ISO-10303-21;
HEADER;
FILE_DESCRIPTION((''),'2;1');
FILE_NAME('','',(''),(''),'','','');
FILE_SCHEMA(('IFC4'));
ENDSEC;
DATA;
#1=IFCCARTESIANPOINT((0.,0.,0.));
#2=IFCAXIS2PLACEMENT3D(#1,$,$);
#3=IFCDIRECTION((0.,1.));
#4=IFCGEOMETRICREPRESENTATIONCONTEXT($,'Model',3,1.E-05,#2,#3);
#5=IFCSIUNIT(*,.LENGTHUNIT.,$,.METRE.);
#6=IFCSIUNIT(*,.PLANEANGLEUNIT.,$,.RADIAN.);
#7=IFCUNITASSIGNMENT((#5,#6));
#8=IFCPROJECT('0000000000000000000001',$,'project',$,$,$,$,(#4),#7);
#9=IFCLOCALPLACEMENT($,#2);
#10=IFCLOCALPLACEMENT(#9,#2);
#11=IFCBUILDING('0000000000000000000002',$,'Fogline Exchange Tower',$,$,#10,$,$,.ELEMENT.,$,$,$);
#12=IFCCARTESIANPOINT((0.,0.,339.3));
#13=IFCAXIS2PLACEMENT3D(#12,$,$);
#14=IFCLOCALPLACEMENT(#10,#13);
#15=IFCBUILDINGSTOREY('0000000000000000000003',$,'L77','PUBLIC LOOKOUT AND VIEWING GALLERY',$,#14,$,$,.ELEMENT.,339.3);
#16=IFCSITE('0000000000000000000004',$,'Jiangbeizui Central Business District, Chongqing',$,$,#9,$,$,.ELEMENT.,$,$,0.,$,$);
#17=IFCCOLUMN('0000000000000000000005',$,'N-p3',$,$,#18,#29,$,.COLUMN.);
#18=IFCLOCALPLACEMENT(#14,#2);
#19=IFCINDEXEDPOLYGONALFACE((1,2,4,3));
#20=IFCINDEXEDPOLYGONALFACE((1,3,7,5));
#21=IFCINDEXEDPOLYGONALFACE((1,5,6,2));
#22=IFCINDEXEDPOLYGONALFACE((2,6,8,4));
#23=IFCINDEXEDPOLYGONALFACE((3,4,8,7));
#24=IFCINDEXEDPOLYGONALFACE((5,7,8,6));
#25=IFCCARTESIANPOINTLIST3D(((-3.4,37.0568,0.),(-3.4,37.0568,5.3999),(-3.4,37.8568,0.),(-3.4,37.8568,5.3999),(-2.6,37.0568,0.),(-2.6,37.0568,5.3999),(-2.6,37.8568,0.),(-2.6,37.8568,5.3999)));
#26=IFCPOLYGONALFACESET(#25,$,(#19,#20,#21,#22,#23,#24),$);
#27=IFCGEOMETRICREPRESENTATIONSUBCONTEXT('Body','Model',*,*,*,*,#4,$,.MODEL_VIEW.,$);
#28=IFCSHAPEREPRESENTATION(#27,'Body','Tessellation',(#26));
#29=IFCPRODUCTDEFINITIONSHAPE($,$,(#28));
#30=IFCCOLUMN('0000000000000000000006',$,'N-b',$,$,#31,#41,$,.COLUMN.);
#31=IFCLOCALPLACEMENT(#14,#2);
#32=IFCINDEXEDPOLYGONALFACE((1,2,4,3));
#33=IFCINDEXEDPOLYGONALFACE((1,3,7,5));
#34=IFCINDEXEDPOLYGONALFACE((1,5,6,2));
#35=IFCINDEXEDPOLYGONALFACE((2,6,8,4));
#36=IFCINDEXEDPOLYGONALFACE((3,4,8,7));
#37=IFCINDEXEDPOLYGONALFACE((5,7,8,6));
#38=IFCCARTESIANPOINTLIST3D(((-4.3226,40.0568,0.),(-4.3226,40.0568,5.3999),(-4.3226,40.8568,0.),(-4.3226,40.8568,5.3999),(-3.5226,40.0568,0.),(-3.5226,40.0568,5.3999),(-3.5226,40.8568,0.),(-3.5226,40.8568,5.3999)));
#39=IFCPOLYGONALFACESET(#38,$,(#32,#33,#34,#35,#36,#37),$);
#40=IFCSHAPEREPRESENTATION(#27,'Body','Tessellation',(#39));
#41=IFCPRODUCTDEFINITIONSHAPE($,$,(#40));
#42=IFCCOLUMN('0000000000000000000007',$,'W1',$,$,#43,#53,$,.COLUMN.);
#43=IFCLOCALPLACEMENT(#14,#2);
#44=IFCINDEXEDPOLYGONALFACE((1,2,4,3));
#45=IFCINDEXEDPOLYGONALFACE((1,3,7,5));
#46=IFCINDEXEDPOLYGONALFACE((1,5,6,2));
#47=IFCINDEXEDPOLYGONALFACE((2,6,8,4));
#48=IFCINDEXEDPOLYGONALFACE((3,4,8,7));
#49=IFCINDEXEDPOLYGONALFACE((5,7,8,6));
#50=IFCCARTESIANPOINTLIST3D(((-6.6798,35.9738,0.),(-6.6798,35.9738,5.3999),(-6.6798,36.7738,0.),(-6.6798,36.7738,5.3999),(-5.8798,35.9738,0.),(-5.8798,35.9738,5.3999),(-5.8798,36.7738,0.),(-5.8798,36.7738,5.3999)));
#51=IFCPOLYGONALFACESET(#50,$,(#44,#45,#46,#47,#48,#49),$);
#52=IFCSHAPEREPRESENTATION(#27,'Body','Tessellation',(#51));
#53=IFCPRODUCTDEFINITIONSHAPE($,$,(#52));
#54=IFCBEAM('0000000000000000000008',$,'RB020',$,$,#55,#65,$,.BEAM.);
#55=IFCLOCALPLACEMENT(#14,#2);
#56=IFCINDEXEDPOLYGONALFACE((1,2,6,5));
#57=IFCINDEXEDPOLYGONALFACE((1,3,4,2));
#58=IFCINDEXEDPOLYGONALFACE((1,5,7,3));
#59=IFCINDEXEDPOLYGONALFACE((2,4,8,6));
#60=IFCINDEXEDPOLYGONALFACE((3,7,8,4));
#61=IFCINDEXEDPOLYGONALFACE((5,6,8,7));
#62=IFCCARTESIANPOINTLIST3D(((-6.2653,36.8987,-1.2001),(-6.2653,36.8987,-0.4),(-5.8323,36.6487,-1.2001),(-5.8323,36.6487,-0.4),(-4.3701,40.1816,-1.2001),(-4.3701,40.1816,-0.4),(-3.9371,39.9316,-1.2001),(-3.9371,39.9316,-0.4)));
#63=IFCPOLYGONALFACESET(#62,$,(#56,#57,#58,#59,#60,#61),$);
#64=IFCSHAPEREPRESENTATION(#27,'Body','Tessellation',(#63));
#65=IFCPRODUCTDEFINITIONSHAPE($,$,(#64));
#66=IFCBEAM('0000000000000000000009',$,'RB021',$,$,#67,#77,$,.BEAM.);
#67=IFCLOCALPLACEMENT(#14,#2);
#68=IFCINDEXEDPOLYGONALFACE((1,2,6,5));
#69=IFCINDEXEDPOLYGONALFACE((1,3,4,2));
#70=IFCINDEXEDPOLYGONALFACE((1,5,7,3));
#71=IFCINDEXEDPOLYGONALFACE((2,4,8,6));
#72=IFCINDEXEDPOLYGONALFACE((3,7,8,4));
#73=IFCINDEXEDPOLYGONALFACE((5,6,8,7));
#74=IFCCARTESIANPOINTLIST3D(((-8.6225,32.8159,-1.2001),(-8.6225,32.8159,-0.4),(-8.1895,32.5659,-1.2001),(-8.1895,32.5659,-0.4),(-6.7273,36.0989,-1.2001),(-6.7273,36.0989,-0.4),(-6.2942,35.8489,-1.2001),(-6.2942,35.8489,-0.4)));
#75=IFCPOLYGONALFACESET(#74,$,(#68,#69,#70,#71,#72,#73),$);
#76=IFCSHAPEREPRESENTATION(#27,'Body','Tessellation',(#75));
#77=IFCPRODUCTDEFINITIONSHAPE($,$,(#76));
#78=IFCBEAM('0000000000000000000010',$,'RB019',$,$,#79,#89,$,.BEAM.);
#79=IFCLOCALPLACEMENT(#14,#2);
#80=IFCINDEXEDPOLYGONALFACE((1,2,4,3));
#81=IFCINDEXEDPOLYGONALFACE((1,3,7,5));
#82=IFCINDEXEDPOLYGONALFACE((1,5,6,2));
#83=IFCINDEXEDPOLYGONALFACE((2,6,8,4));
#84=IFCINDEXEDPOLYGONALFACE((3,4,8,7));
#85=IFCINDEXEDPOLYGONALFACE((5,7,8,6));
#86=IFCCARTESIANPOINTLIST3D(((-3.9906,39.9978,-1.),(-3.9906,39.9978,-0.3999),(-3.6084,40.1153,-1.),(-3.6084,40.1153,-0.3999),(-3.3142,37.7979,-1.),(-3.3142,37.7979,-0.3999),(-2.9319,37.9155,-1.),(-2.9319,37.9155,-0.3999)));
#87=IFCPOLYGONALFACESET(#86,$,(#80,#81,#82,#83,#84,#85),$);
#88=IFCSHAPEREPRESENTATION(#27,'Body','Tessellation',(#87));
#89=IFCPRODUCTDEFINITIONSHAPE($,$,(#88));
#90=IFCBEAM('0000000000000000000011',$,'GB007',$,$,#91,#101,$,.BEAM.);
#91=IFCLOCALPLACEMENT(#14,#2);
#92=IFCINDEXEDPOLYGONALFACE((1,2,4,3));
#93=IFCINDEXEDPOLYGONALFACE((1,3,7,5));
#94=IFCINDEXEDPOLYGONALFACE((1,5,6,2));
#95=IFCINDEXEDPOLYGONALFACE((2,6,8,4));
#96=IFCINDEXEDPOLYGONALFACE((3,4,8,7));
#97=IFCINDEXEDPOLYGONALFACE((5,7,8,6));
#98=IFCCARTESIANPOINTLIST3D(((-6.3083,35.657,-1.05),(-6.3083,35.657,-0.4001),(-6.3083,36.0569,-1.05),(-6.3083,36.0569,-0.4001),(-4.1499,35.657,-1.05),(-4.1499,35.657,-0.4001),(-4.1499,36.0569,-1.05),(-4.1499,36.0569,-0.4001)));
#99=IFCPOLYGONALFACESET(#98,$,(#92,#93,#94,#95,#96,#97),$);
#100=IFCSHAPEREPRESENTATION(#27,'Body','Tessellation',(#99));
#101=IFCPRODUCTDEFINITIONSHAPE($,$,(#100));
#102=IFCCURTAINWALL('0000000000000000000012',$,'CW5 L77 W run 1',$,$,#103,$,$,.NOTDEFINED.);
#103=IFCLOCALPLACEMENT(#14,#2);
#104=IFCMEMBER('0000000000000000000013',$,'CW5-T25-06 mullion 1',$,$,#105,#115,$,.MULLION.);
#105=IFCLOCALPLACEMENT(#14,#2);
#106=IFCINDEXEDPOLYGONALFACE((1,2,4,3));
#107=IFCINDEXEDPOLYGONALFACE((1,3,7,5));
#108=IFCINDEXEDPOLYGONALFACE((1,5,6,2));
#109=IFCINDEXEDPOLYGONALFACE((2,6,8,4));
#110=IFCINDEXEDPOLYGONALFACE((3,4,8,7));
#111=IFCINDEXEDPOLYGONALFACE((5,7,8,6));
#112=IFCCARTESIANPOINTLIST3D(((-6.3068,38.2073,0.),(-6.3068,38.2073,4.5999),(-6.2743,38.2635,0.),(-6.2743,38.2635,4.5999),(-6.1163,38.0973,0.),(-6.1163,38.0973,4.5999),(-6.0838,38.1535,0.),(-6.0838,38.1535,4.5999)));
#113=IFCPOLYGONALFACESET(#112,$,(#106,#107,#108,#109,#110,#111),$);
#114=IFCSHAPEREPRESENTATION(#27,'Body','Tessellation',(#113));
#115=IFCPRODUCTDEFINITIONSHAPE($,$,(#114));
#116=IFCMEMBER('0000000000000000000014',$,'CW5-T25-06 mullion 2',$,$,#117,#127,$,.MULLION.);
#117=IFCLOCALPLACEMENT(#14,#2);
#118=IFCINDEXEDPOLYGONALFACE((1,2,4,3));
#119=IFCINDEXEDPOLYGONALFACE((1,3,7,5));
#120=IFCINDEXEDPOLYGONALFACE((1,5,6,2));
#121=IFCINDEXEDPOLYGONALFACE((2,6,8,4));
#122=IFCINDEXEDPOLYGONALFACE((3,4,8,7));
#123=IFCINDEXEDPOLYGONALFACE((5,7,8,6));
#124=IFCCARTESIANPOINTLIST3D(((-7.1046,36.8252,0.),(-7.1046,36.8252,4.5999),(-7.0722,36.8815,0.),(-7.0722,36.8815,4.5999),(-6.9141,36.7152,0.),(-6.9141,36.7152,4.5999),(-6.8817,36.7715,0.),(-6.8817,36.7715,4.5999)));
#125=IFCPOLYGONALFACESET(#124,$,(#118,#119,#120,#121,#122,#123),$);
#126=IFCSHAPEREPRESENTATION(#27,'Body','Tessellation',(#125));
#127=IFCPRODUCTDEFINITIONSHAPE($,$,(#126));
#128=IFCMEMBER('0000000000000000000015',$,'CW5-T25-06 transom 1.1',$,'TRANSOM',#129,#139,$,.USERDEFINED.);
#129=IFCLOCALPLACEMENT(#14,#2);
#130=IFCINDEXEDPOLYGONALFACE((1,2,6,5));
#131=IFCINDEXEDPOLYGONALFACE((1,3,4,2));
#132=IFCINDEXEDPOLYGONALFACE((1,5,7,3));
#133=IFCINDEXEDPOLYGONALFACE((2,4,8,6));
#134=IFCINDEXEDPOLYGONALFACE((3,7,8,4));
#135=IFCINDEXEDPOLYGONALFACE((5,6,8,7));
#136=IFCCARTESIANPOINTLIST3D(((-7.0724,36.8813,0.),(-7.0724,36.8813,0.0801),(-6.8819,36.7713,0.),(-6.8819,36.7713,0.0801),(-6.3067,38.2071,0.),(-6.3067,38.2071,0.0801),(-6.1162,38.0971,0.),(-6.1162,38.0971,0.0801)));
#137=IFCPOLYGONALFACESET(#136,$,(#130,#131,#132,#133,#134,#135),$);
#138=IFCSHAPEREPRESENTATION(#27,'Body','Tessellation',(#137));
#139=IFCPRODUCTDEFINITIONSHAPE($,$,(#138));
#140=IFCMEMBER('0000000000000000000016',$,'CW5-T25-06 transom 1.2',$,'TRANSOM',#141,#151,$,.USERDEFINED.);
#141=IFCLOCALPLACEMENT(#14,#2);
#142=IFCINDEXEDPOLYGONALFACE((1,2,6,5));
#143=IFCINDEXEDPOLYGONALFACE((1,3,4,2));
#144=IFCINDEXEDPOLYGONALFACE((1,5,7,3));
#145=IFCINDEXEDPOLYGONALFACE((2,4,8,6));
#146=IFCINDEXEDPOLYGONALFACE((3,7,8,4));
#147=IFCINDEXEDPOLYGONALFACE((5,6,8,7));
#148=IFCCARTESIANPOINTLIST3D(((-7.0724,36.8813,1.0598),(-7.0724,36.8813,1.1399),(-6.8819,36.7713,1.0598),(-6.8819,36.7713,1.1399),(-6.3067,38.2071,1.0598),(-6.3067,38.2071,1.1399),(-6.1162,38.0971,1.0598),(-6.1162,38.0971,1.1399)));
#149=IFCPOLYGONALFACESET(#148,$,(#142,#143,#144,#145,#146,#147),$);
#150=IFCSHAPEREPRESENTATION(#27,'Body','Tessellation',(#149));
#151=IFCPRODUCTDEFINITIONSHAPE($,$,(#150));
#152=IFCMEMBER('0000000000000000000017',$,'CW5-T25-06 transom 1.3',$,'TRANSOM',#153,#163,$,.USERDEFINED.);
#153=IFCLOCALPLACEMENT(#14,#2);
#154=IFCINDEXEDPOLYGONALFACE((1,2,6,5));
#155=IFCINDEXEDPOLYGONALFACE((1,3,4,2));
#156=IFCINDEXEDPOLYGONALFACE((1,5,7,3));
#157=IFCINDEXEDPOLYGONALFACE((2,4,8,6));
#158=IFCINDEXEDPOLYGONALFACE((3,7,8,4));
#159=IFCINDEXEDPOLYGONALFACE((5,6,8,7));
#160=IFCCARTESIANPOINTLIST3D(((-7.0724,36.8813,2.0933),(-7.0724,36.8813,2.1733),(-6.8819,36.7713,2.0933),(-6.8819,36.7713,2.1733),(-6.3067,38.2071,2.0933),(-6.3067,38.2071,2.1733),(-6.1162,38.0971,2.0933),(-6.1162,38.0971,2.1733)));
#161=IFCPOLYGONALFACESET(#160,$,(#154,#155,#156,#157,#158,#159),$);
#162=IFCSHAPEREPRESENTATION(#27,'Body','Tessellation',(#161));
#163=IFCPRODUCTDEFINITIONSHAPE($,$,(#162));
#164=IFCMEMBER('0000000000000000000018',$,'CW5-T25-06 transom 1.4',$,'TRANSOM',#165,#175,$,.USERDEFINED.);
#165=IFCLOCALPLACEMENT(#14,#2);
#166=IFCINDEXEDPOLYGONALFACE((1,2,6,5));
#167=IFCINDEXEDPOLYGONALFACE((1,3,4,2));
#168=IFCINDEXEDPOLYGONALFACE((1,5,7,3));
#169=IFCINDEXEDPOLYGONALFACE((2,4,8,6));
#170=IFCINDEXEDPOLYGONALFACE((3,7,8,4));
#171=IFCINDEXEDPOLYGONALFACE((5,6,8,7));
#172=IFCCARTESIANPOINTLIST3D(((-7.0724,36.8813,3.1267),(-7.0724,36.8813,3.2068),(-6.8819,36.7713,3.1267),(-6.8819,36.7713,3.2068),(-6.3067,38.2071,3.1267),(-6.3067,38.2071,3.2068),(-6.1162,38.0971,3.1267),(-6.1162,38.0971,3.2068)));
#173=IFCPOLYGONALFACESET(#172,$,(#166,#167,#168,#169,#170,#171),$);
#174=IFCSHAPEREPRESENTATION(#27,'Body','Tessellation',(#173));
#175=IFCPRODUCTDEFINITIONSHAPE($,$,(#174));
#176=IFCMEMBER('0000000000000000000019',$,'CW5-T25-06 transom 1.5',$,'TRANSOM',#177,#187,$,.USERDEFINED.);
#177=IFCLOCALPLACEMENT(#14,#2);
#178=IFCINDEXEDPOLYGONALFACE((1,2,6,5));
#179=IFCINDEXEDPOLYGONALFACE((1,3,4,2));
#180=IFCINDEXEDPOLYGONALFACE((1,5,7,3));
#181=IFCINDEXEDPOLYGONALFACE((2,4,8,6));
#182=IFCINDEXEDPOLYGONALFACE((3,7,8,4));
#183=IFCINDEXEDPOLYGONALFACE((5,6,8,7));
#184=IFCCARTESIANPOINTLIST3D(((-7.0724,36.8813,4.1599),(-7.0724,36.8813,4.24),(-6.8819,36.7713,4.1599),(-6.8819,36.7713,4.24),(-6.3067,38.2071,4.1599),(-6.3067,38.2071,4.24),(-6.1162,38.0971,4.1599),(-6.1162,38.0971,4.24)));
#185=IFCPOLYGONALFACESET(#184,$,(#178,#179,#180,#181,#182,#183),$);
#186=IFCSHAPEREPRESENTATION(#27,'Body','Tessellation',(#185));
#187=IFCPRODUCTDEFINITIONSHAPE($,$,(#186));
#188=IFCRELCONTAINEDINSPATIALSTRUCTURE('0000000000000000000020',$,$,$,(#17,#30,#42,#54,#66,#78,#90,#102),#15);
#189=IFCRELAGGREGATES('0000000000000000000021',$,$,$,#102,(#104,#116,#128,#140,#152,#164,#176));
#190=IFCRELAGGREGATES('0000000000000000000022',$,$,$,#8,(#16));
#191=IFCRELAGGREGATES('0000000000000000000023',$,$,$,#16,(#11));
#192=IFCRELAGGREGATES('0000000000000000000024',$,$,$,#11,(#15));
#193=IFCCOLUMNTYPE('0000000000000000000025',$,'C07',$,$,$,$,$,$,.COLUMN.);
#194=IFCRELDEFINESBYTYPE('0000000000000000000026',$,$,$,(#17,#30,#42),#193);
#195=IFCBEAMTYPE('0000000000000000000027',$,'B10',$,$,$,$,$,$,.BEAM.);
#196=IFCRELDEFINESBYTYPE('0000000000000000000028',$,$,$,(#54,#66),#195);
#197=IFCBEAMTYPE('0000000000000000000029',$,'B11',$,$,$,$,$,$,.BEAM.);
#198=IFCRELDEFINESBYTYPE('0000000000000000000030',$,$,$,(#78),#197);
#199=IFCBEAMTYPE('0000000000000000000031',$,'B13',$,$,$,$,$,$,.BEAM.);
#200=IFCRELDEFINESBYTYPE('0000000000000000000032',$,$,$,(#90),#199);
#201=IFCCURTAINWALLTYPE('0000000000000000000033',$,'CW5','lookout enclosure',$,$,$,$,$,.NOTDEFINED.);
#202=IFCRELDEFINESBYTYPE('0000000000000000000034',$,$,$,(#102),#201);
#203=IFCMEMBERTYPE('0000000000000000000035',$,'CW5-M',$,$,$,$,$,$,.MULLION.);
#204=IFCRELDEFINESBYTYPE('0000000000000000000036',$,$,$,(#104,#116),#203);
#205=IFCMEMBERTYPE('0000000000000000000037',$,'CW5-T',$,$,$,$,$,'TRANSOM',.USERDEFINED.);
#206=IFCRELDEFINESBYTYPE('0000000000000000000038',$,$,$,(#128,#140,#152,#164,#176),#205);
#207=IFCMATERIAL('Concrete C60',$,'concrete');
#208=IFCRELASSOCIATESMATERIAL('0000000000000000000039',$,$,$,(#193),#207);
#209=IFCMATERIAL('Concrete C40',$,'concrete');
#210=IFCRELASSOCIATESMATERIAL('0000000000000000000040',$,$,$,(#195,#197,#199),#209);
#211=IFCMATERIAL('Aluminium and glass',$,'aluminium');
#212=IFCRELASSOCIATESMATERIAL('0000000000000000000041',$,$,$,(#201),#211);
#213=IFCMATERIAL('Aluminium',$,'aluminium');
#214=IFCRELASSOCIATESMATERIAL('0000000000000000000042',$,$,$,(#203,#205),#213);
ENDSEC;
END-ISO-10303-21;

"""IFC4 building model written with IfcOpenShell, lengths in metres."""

from ifc_helpers import new_model, si_unit, direction, frame, origin, origin_2d, place, context, subcontext, project, spatial, rectangle, extrude, material, material_profile, profile_set, type_object, element, aggregate, save


model = new_model("IFC4")

# Units and contexts
model_context = context("Model", 3, precision=1e-05, world=origin(), true_north=direction((0.0, 1.0)))
body_context = subcontext(model_context, "Body", "Model", "MODEL_VIEW")
ifc_project = project(units=[si_unit("LENGTHUNIT", "METRE"), si_unit("PLANEANGLEUNIT", "RADIAN")], contexts=[model_context])

# Site, building, storey
site_placement = place(None, origin())
site = spatial("IfcSite", under=ifc_project, at=site_placement, Name="Jiangbeizui Central Business District, Chongqing", CompositionType="ELEMENT", RefElevation=0.0)
building_placement = place(site_placement, origin())
building = spatial("IfcBuilding", under=site, at=building_placement, Name="Fogline Exchange Tower", CompositionType="ELEMENT")
storey_placement = place(building_placement, frame((0.0, 0.0, 339.3)))
storey = spatial("IfcBuildingStorey", under=building, at=storey_placement, Name="L77", Description="PUBLIC LOOKOUT AND VIEWING GALLERY", CompositionType="ELEMENT", Elevation=339.3)

# Columns
ifc_material_1 = material(Name="Concrete C60", Category="concrete")
ifc_material_profile_1 = material_profile(ifc_material_1, rectangle(XDim=0.8, YDim=0.8, at=origin_2d()), Name="RC 800x800")
ifc_profile_set_1 = profile_set([ifc_material_profile_1], Name="Concrete C60")
column_type = type_object("IfcColumnType", Name="C07", PredefinedType="COLUMN", material=ifc_profile_set_1)
for number, where, z_axis, x_axis, name in (
    (1, (-3.0, 37.4568, 0.0), (0.0, 0.0, 1.0), (1.0, 0.0, 0.0), "N-p3"),
    (2, (-3.9226, 40.4568, 0.0), (0.0, 0.0, 1.0), (1.0, 0.0, 0.0), "N-b"),
    (3, (-6.2798, 36.3738, 0.0), (0.0, 0.0, 1.0), (1.0, 0.0, 0.0), "W1"),
):
    element("IfcColumn", number, at=place(storey_placement, frame(where, z_axis=z_axis, x_axis=x_axis)), inside=storey, type_object=column_type, Name=name, PredefinedType="COLUMN", context=body_context, shape_type="SweptSolid", body=[
        extrude(rectangle(XDim=0.8, YDim=0.8, at=origin_2d()), origin(), (0.0, 0.0, 1.0), 5.3999),
    ])

# Beams
ifc_material_2 = material(Name="Concrete C40", Category="concrete")
ifc_material_profile_2 = material_profile(ifc_material_2, rectangle(XDim=0.5, YDim=0.8, at=origin_2d()), Name="RC 500x800")
ifc_profile_set_2 = profile_set([ifc_material_profile_2], Name="Concrete C40")
beam_type_1 = type_object("IfcBeamType", Name="B10", PredefinedType="BEAM", material=ifc_profile_set_2)
for number, where, z_axis, x_axis, name in (
    (4, (-4.1536, 40.0566, -0.8), (-0.49997, -0.866043, 0.0), (0.866043, -0.49997, 0.0), "RB020"),
    (5, (-6.5107, 35.9739, -0.8), (-0.49997, -0.866043, 0.0), (0.866043, -0.49997, 0.0), "RB021"),
):
    element("IfcBeam", number, at=place(storey_placement, frame(where, z_axis=z_axis, x_axis=x_axis)), inside=storey, type_object=beam_type_1, Name=name, PredefinedType="BEAM", context=body_context, shape_type="SweptSolid", body=[
        extrude(rectangle(XDim=0.5, YDim=0.8, at=origin_2d()), origin(), (0.0, 0.0, 1.0), 3.7908),
    ])
ifc_material_profile_3 = material_profile(ifc_material_2, rectangle(XDim=0.3999, YDim=0.6001, at=origin_2d()), Name="RC 400x600")
ifc_profile_set_3 = profile_set([ifc_material_profile_3], Name="Concrete C40")
beam_type_2 = type_object("IfcBeamType", Name="B11", PredefinedType="BEAM", material=ifc_profile_set_3)
beam_1_placement = place(storey_placement, frame((-3.123, 37.8567, -0.7), z_axis=(-0.293929, 0.955827, 0.0), x_axis=(-0.955827, -0.293929, 0.0)))
element("IfcBeam", 6, at=beam_1_placement, inside=storey, type_object=beam_type_2, Name="RB019", PredefinedType="BEAM", context=body_context, shape_type="SweptSolid", body=[
    extrude(rectangle(XDim=0.3999, YDim=0.6001, at=origin_2d()), origin(), (0.0, 0.0, 1.0), 2.3015),
])
ifc_material_profile_4 = material_profile(ifc_material_2, rectangle(XDim=0.3999, YDim=0.6499, at=origin_2d()), Name="RC 400x650")
ifc_profile_set_4 = profile_set([ifc_material_profile_4], Name="Concrete C40")
beam_type_3 = type_object("IfcBeamType", Name="B13", PredefinedType="BEAM", material=ifc_profile_set_4)
beam_2_placement = place(storey_placement, frame((-6.3083, 35.8569, -0.7251), z_axis=(1.0, 0.0, 0.0), x_axis=(0.0, 1.0, 0.0)))
element("IfcBeam", 7, at=beam_2_placement, inside=storey, type_object=beam_type_3, Name="GB007", PredefinedType="BEAM", context=body_context, shape_type="SweptSolid", body=[
    extrude(rectangle(XDim=0.3999, YDim=0.6499, at=origin_2d()), origin(), (0.0, 0.0, 1.0), 2.1584),
])

# Curtain wall, members
ifc_material_3 = material(Name="Aluminium and glass", Category="aluminium")
curtain_wall_type = type_object("IfcCurtainWallType", Name="CW5", Description="lookout enclosure", PredefinedType="NOTDEFINED", material=ifc_material_3)
curtain_wall_placement = place(storey_placement, origin())
curtain_wall = element("IfcCurtainWall", 8, at=curtain_wall_placement, inside=storey, type_object=curtain_wall_type, Name="CW5 L77 W run 1", PredefinedType="NOTDEFINED")
ifc_material_4 = material(Name="Aluminium", Category="aluminium")
ifc_material_profile_5 = material_profile(ifc_material_4, rectangle(XDim=0.22, YDim=0.0649, at=origin_2d()), Name="Mullion 65x220")
ifc_profile_set_5 = profile_set([ifc_material_profile_5], Name="Aluminium")
member_type_1 = type_object("IfcMemberType", Name="CW5-M", PredefinedType="MULLION", material=ifc_profile_set_5)
member_1_placement = place(storey_placement, frame((-6.1953, 38.1804, 0.0), z_axis=(0.0, 0.0, 1.0), x_axis=(0.866025, -0.5, 0.0)))
member_1 = element("IfcMember", 9, at=member_1_placement, type_object=member_type_1, Name="CW5-T25-06 mullion 1", PredefinedType="MULLION", context=body_context, shape_type="SweptSolid", body=[
    extrude(rectangle(XDim=0.22, YDim=0.0649, at=origin_2d()), origin(), (0.0, 0.0, 1.0), 4.5999),
])
member_2_placement = place(storey_placement, frame((-6.9932, 36.7983, 0.0), z_axis=(0.0, 0.0, 1.0), x_axis=(0.866025, -0.5, 0.0)))
member_2 = element("IfcMember", 10, at=member_2_placement, type_object=member_type_1, Name="CW5-T25-06 mullion 2", PredefinedType="MULLION", context=body_context, shape_type="SweptSolid", body=[
    extrude(rectangle(XDim=0.22, YDim=0.0649, at=origin_2d()), origin(), (0.0, 0.0, 1.0), 4.5999),
])
ifc_material_profile_6 = material_profile(ifc_material_4, rectangle(XDim=0.22, YDim=0.0801, at=origin_2d()), Name="Transom 80x220")
ifc_profile_set_6 = profile_set([ifc_material_profile_6], Name="Aluminium")
member_type_2 = type_object("IfcMemberType", Name="CW5-T", ElementType="TRANSOM", PredefinedType="USERDEFINED", material=ifc_profile_set_6)
member_3_placement = place(storey_placement, frame((-6.2114, 38.1521, 0.04), z_axis=(-0.500118, -0.865957, 0.0), x_axis=(0.865957, -0.500118, 0.0)))
member_3 = element("IfcMember", 11, at=member_3_placement, type_object=member_type_2, Name="CW5-T25-06 transom 1.1", ObjectType="TRANSOM", PredefinedType="USERDEFINED", context=body_context, shape_type="SweptSolid", body=[
    extrude(rectangle(XDim=0.22, YDim=0.0801, at=origin_2d()), origin(), (0.0, 0.0, 1.0), 1.531),
])
member_4_placement = place(storey_placement, frame((-6.2114, 38.1521, 1.0999), z_axis=(-0.500118, -0.865957, 0.0), x_axis=(0.865957, -0.500118, 0.0)))
member_4 = element("IfcMember", 12, at=member_4_placement, type_object=member_type_2, Name="CW5-T25-06 transom 1.2", ObjectType="TRANSOM", PredefinedType="USERDEFINED", context=body_context, shape_type="SweptSolid", body=[
    extrude(rectangle(XDim=0.22, YDim=0.0801, at=origin_2d()), origin(), (0.0, 0.0, 1.0), 1.531),
])
member_5_placement = place(storey_placement, frame((-6.2114, 38.1521, 2.1333), z_axis=(-0.500118, -0.865957, 0.0), x_axis=(0.865957, -0.500118, 0.0)))
member_5 = element("IfcMember", 13, at=member_5_placement, type_object=member_type_2, Name="CW5-T25-06 transom 1.3", ObjectType="TRANSOM", PredefinedType="USERDEFINED", context=body_context, shape_type="SweptSolid", body=[
    extrude(rectangle(XDim=0.22, YDim=0.0801, at=origin_2d()), origin(), (0.0, 0.0, 1.0), 1.531),
])
member_6_placement = place(storey_placement, frame((-6.2114, 38.1521, 3.1667), z_axis=(-0.500118, -0.865957, 0.0), x_axis=(0.865957, -0.500118, 0.0)))
member_6 = element("IfcMember", 14, at=member_6_placement, type_object=member_type_2, Name="CW5-T25-06 transom 1.4", ObjectType="TRANSOM", PredefinedType="USERDEFINED", context=body_context, shape_type="SweptSolid", body=[
    extrude(rectangle(XDim=0.22, YDim=0.0801, at=origin_2d()), origin(), (0.0, 0.0, 1.0), 1.531),
])
member_7_placement = place(storey_placement, frame((-6.2114, 38.1521, 4.2), z_axis=(-0.500118, -0.865957, 0.0), x_axis=(0.865957, -0.500118, 0.0)))
member_7 = element("IfcMember", 15, at=member_7_placement, type_object=member_type_2, Name="CW5-T25-06 transom 1.5", ObjectType="TRANSOM", PredefinedType="USERDEFINED", context=body_context, shape_type="SweptSolid", body=[
    extrude(rectangle(XDim=0.22, YDim=0.0801, at=origin_2d()), origin(), (0.0, 0.0, 1.0), 1.531),
])
aggregate(curtain_wall, [member_1, member_2, member_3, member_4, member_5, member_6, member_7])

save(model, "model.ifc")
